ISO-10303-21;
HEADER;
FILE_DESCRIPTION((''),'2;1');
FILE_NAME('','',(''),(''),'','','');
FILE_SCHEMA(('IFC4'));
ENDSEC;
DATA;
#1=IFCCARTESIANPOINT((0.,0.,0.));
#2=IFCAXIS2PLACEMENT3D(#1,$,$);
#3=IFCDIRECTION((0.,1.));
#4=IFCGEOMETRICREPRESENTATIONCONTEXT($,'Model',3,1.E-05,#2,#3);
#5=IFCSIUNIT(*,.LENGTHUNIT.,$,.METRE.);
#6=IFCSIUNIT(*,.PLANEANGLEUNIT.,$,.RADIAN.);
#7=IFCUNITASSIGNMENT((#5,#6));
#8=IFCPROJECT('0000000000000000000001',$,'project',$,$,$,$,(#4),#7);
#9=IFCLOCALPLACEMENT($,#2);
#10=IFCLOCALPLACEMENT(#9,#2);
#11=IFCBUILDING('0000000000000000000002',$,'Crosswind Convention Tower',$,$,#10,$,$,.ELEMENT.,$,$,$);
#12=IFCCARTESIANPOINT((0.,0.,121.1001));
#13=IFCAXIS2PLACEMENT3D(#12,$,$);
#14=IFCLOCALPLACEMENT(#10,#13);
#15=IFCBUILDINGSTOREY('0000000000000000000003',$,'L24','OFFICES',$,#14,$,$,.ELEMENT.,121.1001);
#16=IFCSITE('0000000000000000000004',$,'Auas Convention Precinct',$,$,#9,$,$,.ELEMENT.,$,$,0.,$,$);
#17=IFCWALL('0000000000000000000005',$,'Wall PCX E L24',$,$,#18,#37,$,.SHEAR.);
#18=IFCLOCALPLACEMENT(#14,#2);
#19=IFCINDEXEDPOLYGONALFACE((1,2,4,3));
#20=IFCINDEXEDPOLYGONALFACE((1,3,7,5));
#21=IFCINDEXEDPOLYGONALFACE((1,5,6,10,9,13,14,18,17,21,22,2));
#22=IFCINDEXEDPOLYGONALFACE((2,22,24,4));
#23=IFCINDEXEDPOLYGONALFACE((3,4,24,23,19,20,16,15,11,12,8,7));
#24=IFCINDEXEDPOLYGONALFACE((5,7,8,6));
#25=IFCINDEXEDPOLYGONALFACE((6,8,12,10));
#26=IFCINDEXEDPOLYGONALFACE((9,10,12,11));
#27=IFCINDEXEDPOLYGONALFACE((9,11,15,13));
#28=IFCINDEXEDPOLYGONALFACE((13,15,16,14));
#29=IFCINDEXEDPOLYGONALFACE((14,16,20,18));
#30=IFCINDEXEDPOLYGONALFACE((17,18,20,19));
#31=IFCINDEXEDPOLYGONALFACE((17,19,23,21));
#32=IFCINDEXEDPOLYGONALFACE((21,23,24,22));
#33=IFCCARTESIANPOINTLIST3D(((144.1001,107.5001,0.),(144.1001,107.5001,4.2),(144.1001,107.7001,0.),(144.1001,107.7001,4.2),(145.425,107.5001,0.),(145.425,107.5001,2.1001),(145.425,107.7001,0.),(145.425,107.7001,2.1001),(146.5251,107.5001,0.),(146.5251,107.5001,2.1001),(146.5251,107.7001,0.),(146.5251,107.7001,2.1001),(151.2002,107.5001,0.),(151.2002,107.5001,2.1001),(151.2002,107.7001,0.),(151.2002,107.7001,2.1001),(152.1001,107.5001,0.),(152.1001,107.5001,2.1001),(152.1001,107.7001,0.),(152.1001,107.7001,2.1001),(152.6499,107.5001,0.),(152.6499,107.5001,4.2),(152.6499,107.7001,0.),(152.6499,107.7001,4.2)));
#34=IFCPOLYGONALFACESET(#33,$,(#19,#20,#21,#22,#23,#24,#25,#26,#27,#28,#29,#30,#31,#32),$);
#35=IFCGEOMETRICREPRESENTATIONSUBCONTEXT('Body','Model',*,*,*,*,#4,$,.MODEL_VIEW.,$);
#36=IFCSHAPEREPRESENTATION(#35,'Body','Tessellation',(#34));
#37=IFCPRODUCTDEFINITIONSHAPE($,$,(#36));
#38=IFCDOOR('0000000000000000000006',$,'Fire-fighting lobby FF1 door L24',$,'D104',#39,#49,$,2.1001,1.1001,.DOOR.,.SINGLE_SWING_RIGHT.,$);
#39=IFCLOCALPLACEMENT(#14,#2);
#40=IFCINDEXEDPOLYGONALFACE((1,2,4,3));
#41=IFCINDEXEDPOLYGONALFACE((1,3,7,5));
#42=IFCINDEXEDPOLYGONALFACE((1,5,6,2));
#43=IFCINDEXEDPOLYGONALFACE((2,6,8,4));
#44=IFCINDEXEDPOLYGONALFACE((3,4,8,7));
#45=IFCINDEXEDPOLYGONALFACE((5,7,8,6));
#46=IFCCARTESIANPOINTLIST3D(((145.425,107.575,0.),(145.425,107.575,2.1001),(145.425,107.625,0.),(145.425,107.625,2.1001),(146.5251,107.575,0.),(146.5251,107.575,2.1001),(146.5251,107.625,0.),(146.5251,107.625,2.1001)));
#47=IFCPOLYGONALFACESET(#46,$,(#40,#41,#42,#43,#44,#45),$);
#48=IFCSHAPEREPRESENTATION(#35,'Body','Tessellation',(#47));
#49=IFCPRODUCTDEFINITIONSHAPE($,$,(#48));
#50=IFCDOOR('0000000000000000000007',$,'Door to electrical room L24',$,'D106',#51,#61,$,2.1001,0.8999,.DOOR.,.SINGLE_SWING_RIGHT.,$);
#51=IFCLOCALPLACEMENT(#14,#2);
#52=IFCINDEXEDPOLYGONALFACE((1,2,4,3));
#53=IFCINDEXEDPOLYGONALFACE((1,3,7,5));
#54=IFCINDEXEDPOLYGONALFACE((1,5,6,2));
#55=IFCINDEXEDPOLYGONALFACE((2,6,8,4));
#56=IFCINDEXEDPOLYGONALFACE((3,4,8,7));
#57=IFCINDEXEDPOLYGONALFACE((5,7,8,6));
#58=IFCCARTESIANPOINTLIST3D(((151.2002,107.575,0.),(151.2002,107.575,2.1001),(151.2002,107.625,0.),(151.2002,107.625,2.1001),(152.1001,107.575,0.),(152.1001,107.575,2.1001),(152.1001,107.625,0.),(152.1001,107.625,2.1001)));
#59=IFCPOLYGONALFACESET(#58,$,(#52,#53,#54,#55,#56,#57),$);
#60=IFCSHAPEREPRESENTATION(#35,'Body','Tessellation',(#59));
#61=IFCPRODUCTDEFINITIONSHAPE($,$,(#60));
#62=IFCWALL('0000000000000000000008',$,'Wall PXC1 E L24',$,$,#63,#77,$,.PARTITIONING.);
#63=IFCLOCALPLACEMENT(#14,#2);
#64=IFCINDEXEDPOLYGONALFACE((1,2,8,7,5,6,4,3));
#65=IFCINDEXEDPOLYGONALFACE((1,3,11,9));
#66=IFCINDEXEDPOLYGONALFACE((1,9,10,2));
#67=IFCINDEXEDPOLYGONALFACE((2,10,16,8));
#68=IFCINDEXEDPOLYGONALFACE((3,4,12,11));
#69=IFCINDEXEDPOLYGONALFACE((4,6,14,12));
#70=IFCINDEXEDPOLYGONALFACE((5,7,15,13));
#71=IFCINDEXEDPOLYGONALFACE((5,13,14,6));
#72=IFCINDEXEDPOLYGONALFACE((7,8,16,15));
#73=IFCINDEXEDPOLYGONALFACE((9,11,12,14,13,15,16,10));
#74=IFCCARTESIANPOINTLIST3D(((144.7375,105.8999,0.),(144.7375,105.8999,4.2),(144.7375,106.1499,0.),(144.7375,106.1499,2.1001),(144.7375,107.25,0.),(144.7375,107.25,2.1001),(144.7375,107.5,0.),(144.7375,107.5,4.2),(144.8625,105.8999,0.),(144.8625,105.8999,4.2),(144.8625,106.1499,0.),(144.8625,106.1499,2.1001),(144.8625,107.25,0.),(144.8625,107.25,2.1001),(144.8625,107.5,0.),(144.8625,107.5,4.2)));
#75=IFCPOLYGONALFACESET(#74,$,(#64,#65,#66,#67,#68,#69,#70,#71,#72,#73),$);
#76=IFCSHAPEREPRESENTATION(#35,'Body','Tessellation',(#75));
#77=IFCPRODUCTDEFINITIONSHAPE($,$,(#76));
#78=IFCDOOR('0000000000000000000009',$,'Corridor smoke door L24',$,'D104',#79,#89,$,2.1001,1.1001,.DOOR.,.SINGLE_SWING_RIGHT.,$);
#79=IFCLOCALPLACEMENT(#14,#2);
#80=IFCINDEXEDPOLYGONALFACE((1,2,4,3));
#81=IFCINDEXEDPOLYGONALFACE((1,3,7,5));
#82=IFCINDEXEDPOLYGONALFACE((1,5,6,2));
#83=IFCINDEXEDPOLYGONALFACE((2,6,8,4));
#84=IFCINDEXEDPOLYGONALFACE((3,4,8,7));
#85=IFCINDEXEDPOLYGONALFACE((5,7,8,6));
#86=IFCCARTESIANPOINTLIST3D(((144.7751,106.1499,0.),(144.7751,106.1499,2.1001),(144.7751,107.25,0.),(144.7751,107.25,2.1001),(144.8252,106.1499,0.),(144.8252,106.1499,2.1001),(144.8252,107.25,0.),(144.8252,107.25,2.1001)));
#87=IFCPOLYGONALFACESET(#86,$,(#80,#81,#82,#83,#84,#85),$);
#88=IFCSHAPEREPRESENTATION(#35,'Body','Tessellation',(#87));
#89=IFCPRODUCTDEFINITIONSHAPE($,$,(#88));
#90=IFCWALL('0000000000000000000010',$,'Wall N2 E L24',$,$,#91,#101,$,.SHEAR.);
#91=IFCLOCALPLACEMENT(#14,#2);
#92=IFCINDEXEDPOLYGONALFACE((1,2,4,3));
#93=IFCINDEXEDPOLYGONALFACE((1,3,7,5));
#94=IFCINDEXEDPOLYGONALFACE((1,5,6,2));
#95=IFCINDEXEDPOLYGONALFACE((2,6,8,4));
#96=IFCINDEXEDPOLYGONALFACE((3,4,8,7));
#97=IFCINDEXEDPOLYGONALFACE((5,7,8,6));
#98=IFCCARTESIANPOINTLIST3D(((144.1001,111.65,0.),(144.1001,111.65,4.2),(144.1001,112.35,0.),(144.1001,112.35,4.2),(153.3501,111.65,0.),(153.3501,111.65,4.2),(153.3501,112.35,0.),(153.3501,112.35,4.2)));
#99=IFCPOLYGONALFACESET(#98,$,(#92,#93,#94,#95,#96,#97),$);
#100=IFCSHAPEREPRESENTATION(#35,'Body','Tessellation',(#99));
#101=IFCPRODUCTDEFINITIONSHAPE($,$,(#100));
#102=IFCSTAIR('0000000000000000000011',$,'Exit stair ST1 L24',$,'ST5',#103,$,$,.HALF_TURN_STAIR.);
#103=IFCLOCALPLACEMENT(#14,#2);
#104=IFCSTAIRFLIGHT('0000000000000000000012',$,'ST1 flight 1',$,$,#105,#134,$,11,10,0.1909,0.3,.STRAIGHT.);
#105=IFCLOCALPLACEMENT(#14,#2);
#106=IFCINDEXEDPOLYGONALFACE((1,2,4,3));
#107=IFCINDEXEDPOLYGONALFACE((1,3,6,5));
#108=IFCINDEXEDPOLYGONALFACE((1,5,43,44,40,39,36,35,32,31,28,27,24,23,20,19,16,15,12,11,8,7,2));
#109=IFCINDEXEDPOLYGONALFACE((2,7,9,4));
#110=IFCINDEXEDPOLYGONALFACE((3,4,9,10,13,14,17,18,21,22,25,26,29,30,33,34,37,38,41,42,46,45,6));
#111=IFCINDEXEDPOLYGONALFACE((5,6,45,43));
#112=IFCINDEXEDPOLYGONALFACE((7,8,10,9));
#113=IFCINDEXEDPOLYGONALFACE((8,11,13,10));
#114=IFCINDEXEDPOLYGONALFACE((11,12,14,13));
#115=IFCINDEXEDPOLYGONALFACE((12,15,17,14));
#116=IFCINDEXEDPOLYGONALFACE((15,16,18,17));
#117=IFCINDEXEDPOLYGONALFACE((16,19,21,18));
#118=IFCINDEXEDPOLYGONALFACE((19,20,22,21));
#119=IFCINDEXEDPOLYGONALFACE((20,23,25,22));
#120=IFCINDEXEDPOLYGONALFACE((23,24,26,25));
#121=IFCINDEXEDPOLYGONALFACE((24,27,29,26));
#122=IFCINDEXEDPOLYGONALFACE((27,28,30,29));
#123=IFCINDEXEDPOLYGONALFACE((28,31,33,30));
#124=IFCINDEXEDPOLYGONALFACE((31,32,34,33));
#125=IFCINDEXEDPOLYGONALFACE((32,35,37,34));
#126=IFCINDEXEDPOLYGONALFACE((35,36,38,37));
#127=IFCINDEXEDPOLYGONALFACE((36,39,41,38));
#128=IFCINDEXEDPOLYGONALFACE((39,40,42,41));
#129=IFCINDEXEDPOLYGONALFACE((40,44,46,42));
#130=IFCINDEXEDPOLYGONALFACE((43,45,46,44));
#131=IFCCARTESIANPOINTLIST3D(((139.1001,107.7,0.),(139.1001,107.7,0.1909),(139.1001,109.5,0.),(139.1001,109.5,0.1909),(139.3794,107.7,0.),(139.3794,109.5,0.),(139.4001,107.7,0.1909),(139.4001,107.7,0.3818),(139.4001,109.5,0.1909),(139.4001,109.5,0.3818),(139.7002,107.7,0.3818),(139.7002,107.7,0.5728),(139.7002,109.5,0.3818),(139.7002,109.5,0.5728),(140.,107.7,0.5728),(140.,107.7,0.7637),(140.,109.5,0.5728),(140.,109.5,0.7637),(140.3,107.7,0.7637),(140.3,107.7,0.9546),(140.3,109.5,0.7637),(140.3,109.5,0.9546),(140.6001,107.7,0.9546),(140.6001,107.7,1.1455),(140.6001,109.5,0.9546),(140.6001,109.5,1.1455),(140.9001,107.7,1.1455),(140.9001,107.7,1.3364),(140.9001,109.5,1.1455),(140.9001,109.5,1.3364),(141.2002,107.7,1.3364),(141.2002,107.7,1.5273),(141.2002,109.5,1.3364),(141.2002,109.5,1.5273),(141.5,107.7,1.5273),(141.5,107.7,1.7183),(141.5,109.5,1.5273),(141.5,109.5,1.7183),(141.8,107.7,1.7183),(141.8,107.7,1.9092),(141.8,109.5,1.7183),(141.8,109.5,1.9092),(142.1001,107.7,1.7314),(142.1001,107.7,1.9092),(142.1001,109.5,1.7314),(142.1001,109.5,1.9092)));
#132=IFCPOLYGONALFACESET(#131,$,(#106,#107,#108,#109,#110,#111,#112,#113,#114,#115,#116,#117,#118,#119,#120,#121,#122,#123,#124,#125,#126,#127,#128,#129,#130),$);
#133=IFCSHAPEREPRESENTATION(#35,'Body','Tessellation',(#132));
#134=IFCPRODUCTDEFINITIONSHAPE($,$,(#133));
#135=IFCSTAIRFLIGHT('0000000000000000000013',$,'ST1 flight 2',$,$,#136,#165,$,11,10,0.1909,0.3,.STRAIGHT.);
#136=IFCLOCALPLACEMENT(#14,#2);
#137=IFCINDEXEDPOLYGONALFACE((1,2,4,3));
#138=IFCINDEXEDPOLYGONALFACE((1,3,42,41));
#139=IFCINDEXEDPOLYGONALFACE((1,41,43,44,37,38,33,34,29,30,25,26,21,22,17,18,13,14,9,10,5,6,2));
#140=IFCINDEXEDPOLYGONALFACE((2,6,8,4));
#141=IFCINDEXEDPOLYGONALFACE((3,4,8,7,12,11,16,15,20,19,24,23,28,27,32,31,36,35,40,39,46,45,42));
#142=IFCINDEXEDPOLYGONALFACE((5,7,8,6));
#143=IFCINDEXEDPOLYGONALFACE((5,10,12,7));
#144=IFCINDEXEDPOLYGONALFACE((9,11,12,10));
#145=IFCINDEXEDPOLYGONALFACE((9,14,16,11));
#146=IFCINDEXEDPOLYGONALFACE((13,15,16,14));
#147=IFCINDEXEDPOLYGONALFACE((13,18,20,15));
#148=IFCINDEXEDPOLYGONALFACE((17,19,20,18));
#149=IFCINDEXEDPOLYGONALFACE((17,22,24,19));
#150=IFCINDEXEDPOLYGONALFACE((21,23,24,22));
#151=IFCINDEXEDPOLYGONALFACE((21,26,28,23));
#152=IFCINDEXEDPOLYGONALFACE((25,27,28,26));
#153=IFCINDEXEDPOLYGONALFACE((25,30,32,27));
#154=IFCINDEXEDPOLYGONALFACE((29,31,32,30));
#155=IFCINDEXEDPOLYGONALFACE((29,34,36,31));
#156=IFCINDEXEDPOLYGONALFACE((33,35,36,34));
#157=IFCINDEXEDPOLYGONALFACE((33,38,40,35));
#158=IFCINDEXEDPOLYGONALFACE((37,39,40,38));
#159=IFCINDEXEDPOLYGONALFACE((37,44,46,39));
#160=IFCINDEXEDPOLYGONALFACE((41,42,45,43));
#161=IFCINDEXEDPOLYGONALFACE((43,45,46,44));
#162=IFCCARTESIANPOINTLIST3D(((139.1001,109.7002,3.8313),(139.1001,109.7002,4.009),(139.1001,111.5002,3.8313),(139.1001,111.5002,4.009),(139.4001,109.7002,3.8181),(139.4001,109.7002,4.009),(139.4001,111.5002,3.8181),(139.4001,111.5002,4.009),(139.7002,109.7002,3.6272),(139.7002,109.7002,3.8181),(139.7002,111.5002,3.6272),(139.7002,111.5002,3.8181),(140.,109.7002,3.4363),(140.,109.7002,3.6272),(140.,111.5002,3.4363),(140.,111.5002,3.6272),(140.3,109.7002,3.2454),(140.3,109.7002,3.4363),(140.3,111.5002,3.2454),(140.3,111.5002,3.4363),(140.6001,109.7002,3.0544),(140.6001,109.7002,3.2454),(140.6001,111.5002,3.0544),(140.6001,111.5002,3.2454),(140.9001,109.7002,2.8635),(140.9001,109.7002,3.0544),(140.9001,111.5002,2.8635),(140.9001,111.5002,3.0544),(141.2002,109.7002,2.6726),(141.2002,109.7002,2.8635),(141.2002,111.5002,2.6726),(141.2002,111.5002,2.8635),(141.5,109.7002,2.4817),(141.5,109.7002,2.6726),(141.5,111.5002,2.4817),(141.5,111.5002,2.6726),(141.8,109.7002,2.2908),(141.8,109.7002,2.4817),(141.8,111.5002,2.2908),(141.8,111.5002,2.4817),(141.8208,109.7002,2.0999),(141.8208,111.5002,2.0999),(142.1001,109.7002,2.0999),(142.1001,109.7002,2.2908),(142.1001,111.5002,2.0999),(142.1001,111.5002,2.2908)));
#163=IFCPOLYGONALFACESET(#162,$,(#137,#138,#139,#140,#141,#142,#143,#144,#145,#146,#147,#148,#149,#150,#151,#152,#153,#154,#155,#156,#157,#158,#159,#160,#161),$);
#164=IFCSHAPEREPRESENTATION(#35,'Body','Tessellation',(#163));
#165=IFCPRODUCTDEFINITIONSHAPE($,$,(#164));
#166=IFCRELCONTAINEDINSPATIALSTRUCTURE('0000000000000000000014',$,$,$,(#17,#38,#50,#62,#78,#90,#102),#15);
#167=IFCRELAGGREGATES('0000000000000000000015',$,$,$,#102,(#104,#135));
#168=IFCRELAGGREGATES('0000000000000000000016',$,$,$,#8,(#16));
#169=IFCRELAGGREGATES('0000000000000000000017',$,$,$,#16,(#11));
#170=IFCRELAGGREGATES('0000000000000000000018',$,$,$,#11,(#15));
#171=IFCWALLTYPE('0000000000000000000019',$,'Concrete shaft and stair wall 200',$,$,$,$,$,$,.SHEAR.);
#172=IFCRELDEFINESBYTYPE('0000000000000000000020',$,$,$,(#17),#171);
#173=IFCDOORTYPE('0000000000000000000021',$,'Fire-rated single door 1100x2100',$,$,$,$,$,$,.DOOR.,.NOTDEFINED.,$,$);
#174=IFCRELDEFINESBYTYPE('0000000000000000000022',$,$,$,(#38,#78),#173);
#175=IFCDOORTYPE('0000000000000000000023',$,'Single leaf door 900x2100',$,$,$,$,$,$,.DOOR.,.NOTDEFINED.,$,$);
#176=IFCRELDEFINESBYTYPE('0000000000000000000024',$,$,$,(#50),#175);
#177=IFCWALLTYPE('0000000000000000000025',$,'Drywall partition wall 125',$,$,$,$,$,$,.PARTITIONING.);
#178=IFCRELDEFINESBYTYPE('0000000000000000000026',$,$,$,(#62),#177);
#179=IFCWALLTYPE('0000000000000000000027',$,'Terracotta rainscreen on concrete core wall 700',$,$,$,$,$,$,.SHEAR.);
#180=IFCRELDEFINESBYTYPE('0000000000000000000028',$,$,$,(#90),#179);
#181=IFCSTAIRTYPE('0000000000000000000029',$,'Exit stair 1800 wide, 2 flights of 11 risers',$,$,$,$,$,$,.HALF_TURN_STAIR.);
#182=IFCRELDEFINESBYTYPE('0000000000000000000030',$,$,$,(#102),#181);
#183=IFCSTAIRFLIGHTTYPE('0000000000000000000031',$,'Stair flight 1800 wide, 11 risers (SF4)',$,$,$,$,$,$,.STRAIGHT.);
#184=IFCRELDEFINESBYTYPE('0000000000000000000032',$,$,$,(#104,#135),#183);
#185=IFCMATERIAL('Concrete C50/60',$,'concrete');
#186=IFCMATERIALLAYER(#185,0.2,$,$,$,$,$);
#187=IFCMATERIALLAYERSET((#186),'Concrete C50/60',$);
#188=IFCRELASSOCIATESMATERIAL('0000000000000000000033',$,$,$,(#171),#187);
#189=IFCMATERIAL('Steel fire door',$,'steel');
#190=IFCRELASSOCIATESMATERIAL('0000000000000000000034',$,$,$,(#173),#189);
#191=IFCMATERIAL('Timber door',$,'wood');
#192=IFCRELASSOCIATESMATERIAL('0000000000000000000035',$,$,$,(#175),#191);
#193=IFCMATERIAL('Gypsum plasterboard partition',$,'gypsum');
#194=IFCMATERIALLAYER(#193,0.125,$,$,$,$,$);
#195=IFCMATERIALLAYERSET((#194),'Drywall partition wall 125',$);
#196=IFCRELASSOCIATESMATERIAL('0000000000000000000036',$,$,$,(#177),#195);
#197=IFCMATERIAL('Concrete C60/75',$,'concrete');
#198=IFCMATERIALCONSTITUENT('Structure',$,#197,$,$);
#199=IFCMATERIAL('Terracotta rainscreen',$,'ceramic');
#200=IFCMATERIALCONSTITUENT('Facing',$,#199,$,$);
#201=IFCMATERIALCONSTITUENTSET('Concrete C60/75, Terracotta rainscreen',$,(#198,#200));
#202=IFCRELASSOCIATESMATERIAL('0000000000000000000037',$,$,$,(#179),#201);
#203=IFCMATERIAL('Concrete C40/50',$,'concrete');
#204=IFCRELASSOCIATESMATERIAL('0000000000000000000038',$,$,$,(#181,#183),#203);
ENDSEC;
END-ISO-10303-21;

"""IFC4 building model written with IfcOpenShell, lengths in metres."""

from ifc_helpers import new_model, si_unit, direction, frame, frame_2d, origin, place, context, subcontext, project, spatial, polyline, rectangle, outline, extrude, material, layer, layer_set, constituent, constituent_set, type_object, element, fill, aggregate, save


model = new_model("IFC4")

# Units and contexts
model_context = context("Model", 3, precision=1e-05, world=origin(), true_north=direction((0.0, 1.0)))
body_context = subcontext(model_context, "Body", "Model", "MODEL_VIEW")
ifc_project = project(units=[si_unit("LENGTHUNIT", "METRE"), si_unit("PLANEANGLEUNIT", "RADIAN")], contexts=[model_context])

# Site, building, storey
site_placement = place(None, origin())
site = spatial("IfcSite", under=ifc_project, at=site_placement, Name="Auas Convention Precinct", CompositionType="ELEMENT", RefElevation=0.0)
building_placement = place(site_placement, origin())
building = spatial("IfcBuilding", under=site, at=building_placement, Name="Crosswind Convention Tower", CompositionType="ELEMENT")
storey_placement = place(building_placement, frame((0.0, 0.0, 121.1001)))
storey = spatial("IfcBuildingStorey", under=building, at=storey_placement, Name="L24", Description="OFFICES", CompositionType="ELEMENT", Elevation=121.1001)

# Shared definitions
ifc_material_1 = material(Name="Concrete C60/75", Category="concrete")

# Shared definitions
ifc_material_2 = material(Name="Concrete C50/60", Category="concrete")
ifc_layer_1 = layer(ifc_material_2, 0.2)
ifc_layer_set_1 = layer_set([ifc_layer_1], Name="Concrete C50/60")
wall_type_1 = type_object("IfcWallType", Name="Concrete shaft and stair wall 200", PredefinedType="SHEAR", material=ifc_layer_set_1)

# Wall, openings, doors
wall_1_placement = place(storey_placement, frame((144.1001, 107.6001, 0.0), z_axis=(0.0, 0.0, 1.0), x_axis=(1.0, 0.0, 0.0)))
wall_1 = element("IfcWall", 1, at=wall_1_placement, inside=storey, type_object=wall_type_1, Name="Wall PCX E L24", PredefinedType="SHEAR", context=body_context, shape_type="SweptSolid", body=[
    extrude(rectangle(XDim=8.5498, YDim=0.2, at=frame_2d((4.2749, 0.0))), origin(), (0.0, 0.0, 1.0), 4.2),
])
opening_1_placement = place(wall_1_placement, frame((1.325, 0.0, 0.0)))
opening_1 = element("IfcOpeningElement", 2, at=opening_1_placement, cuts=wall_1, PredefinedType="OPENING", context=body_context, shape_type="SweptSolid", body=[
    extrude(rectangle(XDim=1.1001, YDim=2.1001, at=frame_2d((0.55, 1.05))), frame((0.0, 0.1099, 0.0), z_axis=(0.0, -1.0, 0.0), x_axis=(1.0, 0.0, 0.0)), (0.0, 0.0, 1.0), 0.22),
])
opening_2_placement = place(wall_1_placement, frame((7.1001, 0.0, 0.0)))
opening_2 = element("IfcOpeningElement", 3, at=opening_2_placement, cuts=wall_1, PredefinedType="OPENING", context=body_context, shape_type="SweptSolid", body=[
    extrude(rectangle(XDim=0.8999, YDim=2.1001, at=frame_2d((0.45, 1.05))), frame((0.0, 0.1099, 0.0), z_axis=(0.0, -1.0, 0.0), x_axis=(1.0, 0.0, 0.0)), (0.0, 0.0, 1.0), 0.22),
])
ifc_material_3 = material(Name="Steel fire door", Category="steel")
door_type_1 = type_object("IfcDoorType", Name="Fire-rated single door 1100x2100", OperationType="NOTDEFINED", PredefinedType="DOOR", material=ifc_material_3)
door_1_placement = place(opening_1_placement, origin())
door_1 = element("IfcDoor", 4, at=door_1_placement, inside=storey, type_object=door_type_1, Name="Fire-fighting lobby FF1 door L24", ObjectType="D104", OperationType="SINGLE_SWING_RIGHT", OverallHeight=2.1001, OverallWidth=1.1001, PredefinedType="DOOR", context=body_context, shape_type="SweptSolid", body=[
    extrude(rectangle(XDim=1.1001, YDim=2.1001, at=frame_2d((0.55, 1.05))), frame((0.0, 0.0249, 0.0), z_axis=(0.0, -1.0, 0.0), x_axis=(1.0, 0.0, 0.0)), (0.0, 0.0, 1.0), 0.05),
])
fill(opening_1, door_1)
ifc_material_4 = material(Name="Timber door", Category="wood")
door_type_2 = type_object("IfcDoorType", Name="Single leaf door 900x2100", OperationType="NOTDEFINED", PredefinedType="DOOR", material=ifc_material_4)
door_2_placement = place(opening_2_placement, origin())
door_2 = element("IfcDoor", 5, at=door_2_placement, inside=storey, type_object=door_type_2, Name="Door to electrical room L24", ObjectType="D106", OperationType="SINGLE_SWING_RIGHT", OverallHeight=2.1001, OverallWidth=0.8999, PredefinedType="DOOR", context=body_context, shape_type="SweptSolid", body=[
    extrude(rectangle(XDim=0.8999, YDim=2.1001, at=frame_2d((0.45, 1.05))), frame((0.0, 0.0249, 0.0), z_axis=(0.0, -1.0, 0.0), x_axis=(1.0, 0.0, 0.0)), (0.0, 0.0, 1.0), 0.05),
])
fill(opening_2, door_2)

# Wall, opening, door
ifc_material_5 = material(Name="Gypsum plasterboard partition", Category="gypsum")
ifc_layer_2 = layer(ifc_material_5, 0.125)
ifc_layer_set_2 = layer_set([ifc_layer_2], Name="Drywall partition wall 125")
wall_type_2 = type_object("IfcWallType", Name="Drywall partition wall 125", PredefinedType="PARTITIONING", material=ifc_layer_set_2)
wall_2_placement = place(storey_placement, frame((144.8, 105.8999, 0.0), z_axis=(0.0, 0.0, 1.0), x_axis=(0.0, 1.0, 0.0)))
wall_2 = element("IfcWall", 6, at=wall_2_placement, inside=storey, type_object=wall_type_2, Name="Wall PXC1 E L24", PredefinedType="PARTITIONING", context=body_context, shape_type="SweptSolid", body=[
    extrude(rectangle(XDim=1.6001, YDim=0.125, at=frame_2d((0.8, 0.0))), origin(), (0.0, 0.0, 1.0), 4.2),
])
opening_3_placement = place(wall_2_placement, frame((0.25, 0.0, 0.0)))
opening_3 = element("IfcOpeningElement", 7, at=opening_3_placement, cuts=wall_2, PredefinedType="OPENING", context=body_context, shape_type="SweptSolid", body=[
    extrude(rectangle(XDim=1.1001, YDim=2.1001, at=frame_2d((0.55, 1.05))), frame((0.0, 0.0725, 0.0), z_axis=(0.0, -1.0, 0.0), x_axis=(1.0, 0.0, 0.0)), (0.0, 0.0, 1.0), 0.145),
])
door_3_placement = place(opening_3_placement, origin())
door_3 = element("IfcDoor", 8, at=door_3_placement, inside=storey, type_object=door_type_1, Name="Corridor smoke door L24", ObjectType="D104", OperationType="SINGLE_SWING_RIGHT", OverallHeight=2.1001, OverallWidth=1.1001, PredefinedType="DOOR", context=body_context, shape_type="SweptSolid", body=[
    extrude(rectangle(XDim=1.1001, YDim=2.1001, at=frame_2d((0.55, 1.05))), frame((0.0, 0.0249, 0.0), z_axis=(0.0, -1.0, 0.0), x_axis=(1.0, 0.0, 0.0)), (0.0, 0.0, 1.0), 0.05),
])
fill(opening_3, door_3)

# Wall
ifc_constituent_1 = constituent(ifc_material_1, Name="Structure")
ifc_material_6 = material(Name="Terracotta rainscreen", Category="ceramic")
ifc_constituent_2 = constituent(ifc_material_6, Name="Facing")
ifc_constituent_set = constituent_set(constituents=[ifc_constituent_1, ifc_constituent_2], Name="Concrete C60/75, Terracotta rainscreen")
wall_type_3 = type_object("IfcWallType", Name="Terracotta rainscreen on concrete core wall 700", PredefinedType="SHEAR", material=ifc_constituent_set)
wall_3_placement = place(storey_placement, frame((144.1001, 112.0, 0.0), z_axis=(0.0, 0.0, 1.0), x_axis=(1.0, 0.0, 0.0)))
element("IfcWall", 9, at=wall_3_placement, inside=storey, type_object=wall_type_3, Name="Wall N2 E L24", PredefinedType="SHEAR", context=body_context, shape_type="SweptSolid", body=[
    extrude(rectangle(XDim=9.25, YDim=0.7, at=frame_2d((4.625, 0.0))), origin(), (0.0, 0.0, 1.0), 4.2),
])

# Stair, stair flights
ifc_material_7 = material(Name="Concrete C40/50", Category="concrete")
stair_type = type_object("IfcStairType", Name="Exit stair 1800 wide, 2 flights of 11 risers", PredefinedType="HALF_TURN_STAIR", material=ifc_material_7)
stair_placement = place(storey_placement, origin())
stair = element("IfcStair", 10, at=stair_placement, inside=storey, type_object=stair_type, Name="Exit stair ST1 L24", ObjectType="ST5", PredefinedType="HALF_TURN_STAIR")
stair_flight_type = type_object("IfcStairFlightType", Name="Stair flight 1800 wide, 11 risers (SF4)", PredefinedType="STRAIGHT", material=ifc_material_7)
stair_flight_1_placement = place(storey_placement, frame((139.1001, 108.6001, 0.0), z_axis=(0.0, 0.0, 1.0), x_axis=(1.0, 0.0, 0.0)))
stair_flight_1 = element("IfcStairFlight", 11, at=stair_flight_1_placement, type_object=stair_flight_type, Name="ST1 flight 1", NumberOfRisers=11, NumberOfTreads=10, PredefinedType="STRAIGHT", RiserHeight=0.1909, TreadLength=0.3, context=body_context, shape_type="SweptSolid", body=[
    extrude(outline(polyline([(0.0, 0.0), (0.0, 0.1909), (0.3, 0.1909), (0.3, 0.3818), (0.6001, 0.3818), (0.6001, 0.5728), (0.8999, 0.5728), (0.8999, 0.7637), (1.2, 0.7637), (1.2, 0.9546), (1.5, 0.9546), (1.5, 1.1455), (1.8, 1.1455), (1.8, 1.3364), (2.1001, 1.3364), (2.1001, 1.5273), (2.3999, 1.5273), (2.3999, 1.7183), (2.7, 1.7183), (2.7, 1.9092), (3.0, 1.9092), (3.0, 2.1001), (3.0, 1.7314), (0.2793, 0.0), (0.0, 0.0)])), frame((0.0, 0.8999, 0.0), z_axis=(0.0, -1.0, 0.0), x_axis=(1.0, 0.0, 0.0)), (0.0, 0.0, 1.0), 1.8),
])
stair_flight_2_placement = place(storey_placement, frame((142.1001, 110.6001, 2.0999), z_axis=(0.0, 0.0, 1.0), x_axis=(-1.0, 0.0, 0.0)))
stair_flight_2 = element("IfcStairFlight", 12, at=stair_flight_2_placement, type_object=stair_flight_type, Name="ST1 flight 2", NumberOfRisers=11, NumberOfTreads=10, PredefinedType="STRAIGHT", RiserHeight=0.1909, TreadLength=0.3, context=body_context, shape_type="SweptSolid", body=[
    extrude(outline(polyline([(0.0, 0.0), (0.0, 0.1909), (0.3, 0.1909), (0.3, 0.3818), (0.6001, 0.3818), (0.6001, 0.5728), (0.8999, 0.5728), (0.8999, 0.7637), (1.2, 0.7637), (1.2, 0.9546), (1.5, 0.9546), (1.5, 1.1455), (1.8, 1.1455), (1.8, 1.3364), (2.1001, 1.3364), (2.1001, 1.5273), (2.3999, 1.5273), (2.3999, 1.7183), (2.7, 1.7183), (2.7, 1.9092), (3.0, 1.9092), (3.0, 2.1001), (3.0, 1.7314), (0.2793, 0.0), (0.0, 0.0)])), frame((0.0, 0.8999, 0.0), z_axis=(0.0, -1.0, 0.0), x_axis=(1.0, 0.0, 0.0)), (0.0, 0.0, 1.0), 1.8),
])
aggregate(stair, [stair_flight_1, stair_flight_2])

save(model, "model.ifc")
